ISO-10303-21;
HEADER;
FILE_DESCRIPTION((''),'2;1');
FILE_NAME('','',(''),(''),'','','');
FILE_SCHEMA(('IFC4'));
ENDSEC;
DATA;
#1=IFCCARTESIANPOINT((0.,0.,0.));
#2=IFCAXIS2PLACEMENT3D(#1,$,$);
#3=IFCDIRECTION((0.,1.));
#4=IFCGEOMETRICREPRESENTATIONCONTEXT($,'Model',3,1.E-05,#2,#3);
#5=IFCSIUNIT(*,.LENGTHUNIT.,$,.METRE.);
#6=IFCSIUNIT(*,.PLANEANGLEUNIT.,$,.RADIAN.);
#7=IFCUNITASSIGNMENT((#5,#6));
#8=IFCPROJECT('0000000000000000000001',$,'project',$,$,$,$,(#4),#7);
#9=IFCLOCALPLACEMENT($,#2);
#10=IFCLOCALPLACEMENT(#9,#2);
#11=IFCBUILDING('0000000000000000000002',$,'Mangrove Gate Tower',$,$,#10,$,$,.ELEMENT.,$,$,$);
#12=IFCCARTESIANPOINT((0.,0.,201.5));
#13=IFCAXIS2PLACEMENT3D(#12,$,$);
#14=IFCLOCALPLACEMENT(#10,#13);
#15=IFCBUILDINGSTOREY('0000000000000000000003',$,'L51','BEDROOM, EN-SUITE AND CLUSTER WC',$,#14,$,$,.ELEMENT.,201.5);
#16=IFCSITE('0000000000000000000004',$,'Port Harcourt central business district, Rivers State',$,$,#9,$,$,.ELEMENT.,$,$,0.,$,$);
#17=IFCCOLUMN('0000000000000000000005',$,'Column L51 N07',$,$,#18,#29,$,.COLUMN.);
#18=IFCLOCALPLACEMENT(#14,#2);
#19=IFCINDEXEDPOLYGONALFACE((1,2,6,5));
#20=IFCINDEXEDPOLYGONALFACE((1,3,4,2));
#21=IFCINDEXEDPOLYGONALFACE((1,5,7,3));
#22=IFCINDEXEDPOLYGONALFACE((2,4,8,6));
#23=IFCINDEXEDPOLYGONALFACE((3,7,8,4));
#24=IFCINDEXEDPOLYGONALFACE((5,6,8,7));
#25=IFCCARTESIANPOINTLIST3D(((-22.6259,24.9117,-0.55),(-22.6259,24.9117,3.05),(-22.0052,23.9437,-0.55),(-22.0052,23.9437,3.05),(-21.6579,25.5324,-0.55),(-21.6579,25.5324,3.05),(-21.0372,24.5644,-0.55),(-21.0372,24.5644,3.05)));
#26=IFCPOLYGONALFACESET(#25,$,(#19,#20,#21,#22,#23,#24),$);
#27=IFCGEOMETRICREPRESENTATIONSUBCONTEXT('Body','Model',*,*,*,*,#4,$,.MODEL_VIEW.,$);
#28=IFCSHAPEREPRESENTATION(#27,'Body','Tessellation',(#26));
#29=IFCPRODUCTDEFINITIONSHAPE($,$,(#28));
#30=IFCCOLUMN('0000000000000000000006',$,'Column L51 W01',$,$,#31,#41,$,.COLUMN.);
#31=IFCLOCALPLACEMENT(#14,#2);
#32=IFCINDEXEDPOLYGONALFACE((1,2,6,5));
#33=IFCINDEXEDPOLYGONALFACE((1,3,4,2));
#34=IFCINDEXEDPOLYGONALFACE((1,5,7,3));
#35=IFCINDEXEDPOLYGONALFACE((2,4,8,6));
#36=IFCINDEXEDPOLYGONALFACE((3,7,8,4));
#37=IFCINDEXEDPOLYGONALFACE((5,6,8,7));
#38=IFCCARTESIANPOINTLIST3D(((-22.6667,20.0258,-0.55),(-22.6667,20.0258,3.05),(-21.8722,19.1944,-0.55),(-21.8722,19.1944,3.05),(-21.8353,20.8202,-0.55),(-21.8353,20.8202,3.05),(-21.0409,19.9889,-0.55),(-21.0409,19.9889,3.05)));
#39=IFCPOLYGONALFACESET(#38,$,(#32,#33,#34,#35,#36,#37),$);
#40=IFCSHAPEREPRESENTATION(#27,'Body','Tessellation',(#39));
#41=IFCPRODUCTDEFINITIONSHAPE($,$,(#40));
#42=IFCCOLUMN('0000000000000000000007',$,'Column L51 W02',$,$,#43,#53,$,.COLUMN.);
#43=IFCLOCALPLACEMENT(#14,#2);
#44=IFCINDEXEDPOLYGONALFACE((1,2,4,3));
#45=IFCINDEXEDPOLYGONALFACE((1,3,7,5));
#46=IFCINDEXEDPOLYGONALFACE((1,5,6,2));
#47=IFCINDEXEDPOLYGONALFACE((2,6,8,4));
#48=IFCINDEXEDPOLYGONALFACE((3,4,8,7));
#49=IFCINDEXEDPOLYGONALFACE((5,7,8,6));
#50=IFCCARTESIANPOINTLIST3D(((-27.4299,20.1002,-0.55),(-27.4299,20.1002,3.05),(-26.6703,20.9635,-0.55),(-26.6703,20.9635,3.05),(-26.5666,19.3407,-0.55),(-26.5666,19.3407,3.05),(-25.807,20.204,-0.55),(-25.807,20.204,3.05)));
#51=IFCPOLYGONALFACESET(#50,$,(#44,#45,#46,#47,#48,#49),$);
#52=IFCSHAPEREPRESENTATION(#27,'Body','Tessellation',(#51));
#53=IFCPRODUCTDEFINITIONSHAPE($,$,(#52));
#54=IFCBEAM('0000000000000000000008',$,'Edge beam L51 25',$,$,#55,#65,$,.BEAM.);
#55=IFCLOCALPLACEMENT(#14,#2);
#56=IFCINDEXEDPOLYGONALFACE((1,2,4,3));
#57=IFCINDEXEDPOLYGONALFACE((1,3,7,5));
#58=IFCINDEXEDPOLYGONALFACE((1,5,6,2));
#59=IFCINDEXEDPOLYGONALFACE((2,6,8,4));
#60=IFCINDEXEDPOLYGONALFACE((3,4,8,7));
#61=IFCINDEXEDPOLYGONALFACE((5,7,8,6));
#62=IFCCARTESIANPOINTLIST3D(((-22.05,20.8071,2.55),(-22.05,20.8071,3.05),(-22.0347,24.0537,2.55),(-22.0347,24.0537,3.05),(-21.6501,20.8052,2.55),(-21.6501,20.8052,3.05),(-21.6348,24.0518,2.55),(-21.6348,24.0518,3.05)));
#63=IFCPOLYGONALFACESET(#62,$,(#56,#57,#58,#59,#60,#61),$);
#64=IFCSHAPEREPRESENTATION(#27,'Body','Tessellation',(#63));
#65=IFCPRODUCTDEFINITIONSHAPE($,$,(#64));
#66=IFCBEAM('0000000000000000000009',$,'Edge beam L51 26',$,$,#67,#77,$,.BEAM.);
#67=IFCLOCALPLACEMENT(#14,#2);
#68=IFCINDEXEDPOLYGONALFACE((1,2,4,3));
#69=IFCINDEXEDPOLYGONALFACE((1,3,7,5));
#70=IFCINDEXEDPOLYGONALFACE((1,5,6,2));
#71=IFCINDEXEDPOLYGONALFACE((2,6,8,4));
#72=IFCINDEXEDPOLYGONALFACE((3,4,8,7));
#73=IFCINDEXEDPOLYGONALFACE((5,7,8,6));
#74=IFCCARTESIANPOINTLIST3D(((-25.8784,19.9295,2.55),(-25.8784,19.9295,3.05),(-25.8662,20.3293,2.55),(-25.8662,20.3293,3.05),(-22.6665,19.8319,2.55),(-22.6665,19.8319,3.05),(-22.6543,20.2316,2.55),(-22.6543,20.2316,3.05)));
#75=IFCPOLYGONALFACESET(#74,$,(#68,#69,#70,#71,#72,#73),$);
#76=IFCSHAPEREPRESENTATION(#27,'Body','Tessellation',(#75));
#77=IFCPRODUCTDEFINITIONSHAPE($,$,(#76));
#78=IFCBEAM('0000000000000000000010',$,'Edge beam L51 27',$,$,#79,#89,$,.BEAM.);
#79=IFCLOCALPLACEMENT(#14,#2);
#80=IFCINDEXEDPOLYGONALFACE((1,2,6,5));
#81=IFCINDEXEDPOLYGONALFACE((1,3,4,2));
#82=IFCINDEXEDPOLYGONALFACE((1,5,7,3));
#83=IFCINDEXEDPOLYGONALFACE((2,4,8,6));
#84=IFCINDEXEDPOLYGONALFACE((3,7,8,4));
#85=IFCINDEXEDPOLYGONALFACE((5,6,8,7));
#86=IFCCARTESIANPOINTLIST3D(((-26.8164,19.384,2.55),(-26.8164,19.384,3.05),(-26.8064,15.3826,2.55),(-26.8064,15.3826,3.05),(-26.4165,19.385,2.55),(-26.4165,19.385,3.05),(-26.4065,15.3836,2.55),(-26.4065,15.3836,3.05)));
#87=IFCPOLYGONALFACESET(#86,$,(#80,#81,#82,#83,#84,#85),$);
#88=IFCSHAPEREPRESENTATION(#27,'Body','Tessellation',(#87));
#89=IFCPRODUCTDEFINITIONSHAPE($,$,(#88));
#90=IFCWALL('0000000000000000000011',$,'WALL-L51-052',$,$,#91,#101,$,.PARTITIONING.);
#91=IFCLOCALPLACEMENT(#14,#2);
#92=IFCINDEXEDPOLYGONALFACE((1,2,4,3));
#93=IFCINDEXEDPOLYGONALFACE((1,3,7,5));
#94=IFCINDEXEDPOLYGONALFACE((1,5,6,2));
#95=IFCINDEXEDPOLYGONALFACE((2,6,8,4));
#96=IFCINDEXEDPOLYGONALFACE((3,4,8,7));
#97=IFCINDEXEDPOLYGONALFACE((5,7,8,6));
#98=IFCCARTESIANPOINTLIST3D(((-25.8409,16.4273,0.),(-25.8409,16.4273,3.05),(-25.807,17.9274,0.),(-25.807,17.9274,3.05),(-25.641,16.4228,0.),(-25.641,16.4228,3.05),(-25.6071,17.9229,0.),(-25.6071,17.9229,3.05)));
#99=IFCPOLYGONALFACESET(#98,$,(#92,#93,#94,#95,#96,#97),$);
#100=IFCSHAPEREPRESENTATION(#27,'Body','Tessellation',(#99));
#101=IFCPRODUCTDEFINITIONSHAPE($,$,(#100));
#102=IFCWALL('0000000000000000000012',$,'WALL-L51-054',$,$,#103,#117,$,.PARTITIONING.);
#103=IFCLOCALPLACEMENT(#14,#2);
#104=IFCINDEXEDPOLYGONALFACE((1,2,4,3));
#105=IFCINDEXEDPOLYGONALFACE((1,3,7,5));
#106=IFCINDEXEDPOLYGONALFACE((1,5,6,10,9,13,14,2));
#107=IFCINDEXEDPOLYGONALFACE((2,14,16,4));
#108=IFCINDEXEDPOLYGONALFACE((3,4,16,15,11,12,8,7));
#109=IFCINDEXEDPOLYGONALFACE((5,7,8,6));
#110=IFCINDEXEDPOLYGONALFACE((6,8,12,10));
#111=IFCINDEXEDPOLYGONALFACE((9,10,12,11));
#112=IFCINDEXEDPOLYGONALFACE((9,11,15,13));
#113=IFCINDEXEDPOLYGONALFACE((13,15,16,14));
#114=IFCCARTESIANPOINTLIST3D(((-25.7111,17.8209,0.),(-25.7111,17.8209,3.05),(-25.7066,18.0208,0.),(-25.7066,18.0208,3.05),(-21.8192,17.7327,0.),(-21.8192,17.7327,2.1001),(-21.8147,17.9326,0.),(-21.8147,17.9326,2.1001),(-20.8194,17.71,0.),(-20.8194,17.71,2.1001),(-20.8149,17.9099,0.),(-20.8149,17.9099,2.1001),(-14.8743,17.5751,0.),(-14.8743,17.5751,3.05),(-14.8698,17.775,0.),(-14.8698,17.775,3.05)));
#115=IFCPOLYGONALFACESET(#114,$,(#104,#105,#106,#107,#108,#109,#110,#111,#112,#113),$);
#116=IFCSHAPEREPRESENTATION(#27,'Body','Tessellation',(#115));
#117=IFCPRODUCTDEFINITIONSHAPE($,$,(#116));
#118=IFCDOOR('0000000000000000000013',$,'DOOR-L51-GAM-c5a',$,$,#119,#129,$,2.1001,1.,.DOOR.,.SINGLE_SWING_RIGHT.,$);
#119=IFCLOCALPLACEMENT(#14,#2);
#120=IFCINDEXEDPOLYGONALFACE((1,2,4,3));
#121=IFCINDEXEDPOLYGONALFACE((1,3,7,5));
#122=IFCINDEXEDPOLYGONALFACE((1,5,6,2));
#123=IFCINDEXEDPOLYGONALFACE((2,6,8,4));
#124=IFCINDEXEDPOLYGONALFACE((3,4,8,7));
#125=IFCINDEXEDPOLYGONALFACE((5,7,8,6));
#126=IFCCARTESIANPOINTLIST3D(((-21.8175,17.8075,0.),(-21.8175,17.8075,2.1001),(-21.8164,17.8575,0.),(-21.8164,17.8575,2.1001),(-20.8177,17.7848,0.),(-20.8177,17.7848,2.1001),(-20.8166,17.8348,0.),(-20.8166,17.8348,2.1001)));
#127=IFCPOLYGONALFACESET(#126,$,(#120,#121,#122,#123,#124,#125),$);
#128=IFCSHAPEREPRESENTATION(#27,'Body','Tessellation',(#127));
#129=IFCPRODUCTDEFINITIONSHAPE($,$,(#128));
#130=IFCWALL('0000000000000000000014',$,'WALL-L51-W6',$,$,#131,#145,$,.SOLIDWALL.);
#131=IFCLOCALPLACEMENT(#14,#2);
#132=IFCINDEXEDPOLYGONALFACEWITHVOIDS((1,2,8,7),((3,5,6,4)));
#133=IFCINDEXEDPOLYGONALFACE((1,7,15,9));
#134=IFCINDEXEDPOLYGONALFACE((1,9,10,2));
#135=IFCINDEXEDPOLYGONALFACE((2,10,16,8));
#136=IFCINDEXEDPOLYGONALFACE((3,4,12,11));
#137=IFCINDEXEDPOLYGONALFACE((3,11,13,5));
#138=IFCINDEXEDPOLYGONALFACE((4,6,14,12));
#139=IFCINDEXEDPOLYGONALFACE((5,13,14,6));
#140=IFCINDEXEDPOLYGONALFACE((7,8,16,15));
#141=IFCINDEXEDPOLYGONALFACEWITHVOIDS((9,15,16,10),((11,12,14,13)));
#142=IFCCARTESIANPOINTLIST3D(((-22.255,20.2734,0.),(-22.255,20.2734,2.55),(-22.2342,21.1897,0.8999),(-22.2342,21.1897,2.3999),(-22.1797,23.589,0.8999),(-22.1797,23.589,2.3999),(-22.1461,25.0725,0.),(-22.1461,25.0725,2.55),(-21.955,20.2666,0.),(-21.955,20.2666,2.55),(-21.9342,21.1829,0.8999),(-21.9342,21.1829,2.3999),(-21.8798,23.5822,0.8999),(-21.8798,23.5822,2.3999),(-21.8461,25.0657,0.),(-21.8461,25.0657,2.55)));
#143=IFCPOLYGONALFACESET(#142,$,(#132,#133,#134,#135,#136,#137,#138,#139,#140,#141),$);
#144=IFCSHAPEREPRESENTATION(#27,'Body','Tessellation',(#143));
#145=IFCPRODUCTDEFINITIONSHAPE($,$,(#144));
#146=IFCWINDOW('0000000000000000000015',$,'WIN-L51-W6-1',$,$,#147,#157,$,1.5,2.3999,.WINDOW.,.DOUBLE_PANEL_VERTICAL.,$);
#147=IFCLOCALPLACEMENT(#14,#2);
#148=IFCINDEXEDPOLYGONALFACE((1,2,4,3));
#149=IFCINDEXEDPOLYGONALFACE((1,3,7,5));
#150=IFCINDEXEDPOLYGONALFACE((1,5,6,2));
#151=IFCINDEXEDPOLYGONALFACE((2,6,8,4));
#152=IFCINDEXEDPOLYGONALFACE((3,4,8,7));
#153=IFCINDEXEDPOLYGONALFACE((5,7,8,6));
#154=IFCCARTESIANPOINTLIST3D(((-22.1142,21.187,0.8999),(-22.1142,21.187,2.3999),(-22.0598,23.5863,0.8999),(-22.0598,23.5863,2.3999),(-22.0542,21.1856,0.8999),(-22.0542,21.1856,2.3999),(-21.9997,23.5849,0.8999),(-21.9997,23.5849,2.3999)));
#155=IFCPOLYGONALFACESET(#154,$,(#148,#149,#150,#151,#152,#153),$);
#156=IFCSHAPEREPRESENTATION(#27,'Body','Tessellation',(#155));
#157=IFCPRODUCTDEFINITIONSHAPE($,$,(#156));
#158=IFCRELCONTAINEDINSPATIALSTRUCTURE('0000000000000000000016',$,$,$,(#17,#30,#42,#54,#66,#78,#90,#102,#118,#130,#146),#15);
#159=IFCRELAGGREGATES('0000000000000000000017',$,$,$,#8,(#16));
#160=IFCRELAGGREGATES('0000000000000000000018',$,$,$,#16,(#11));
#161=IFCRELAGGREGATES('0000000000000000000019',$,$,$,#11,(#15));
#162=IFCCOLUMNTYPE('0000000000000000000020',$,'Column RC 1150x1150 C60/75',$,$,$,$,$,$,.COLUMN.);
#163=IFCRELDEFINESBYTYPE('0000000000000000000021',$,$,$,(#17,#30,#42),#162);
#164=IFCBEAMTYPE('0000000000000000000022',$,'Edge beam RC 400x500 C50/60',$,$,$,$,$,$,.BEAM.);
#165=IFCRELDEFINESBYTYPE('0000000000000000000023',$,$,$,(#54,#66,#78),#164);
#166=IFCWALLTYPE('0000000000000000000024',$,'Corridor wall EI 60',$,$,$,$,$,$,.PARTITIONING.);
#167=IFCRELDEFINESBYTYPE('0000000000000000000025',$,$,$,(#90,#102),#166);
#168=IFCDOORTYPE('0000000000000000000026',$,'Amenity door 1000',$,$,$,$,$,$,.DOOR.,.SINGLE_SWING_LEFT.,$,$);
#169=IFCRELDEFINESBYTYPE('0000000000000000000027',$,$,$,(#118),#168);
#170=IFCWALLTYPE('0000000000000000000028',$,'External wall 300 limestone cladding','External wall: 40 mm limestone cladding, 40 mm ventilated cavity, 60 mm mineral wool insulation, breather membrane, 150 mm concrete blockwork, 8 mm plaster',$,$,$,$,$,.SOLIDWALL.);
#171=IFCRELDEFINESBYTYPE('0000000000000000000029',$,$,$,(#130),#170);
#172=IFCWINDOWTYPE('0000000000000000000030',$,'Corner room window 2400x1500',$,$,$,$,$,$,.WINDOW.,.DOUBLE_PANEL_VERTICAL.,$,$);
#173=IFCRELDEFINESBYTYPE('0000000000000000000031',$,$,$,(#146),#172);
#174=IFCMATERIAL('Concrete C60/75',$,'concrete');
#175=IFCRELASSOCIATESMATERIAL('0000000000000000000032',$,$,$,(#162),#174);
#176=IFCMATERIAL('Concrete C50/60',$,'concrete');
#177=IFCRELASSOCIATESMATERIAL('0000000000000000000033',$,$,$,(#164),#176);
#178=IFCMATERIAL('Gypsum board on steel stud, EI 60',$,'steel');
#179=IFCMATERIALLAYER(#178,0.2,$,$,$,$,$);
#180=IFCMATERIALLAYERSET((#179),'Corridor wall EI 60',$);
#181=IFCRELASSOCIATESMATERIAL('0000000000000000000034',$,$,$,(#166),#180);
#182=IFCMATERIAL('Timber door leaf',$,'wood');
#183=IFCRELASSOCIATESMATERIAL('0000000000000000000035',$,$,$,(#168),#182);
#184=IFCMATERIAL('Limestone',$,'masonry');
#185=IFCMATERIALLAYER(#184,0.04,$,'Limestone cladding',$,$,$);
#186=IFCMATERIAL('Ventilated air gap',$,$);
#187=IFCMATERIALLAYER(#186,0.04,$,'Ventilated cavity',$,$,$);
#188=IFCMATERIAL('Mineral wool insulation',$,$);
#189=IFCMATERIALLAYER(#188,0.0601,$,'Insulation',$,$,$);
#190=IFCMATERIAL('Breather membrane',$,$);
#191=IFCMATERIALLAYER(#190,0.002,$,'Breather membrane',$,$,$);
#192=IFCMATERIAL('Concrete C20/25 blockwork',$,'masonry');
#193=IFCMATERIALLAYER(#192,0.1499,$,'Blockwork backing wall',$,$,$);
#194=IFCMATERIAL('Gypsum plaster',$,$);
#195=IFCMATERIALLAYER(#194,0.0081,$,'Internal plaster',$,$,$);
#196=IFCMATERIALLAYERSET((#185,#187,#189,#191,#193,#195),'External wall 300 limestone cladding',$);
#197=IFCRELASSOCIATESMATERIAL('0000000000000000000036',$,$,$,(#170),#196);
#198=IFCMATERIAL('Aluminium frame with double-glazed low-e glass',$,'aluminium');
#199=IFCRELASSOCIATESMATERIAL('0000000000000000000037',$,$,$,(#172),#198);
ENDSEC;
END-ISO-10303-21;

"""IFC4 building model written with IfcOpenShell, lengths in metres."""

from ifc_helpers import new_model, si_unit, direction, frame, frame_2d, origin, origin_2d, place, context, subcontext, project, spatial, rectangle, extrude, material, layer, layer_set, material_profile, profile_set, type_object, element, fill, save


model = new_model("IFC4")

# Units and contexts
model_context = context("Model", 3, precision=1e-05, world=origin(), true_north=direction((0.0, 1.0)))
body_context = subcontext(model_context, "Body", "Model", "MODEL_VIEW")
ifc_project = project(units=[si_unit("LENGTHUNIT", "METRE"), si_unit("PLANEANGLEUNIT", "RADIAN")], contexts=[model_context])

# Site, building, storey
site_placement = place(None, origin())
site = spatial("IfcSite", under=ifc_project, at=site_placement, Name="Port Harcourt central business district, Rivers State", CompositionType="ELEMENT", RefElevation=0.0)
building_placement = place(site_placement, origin())
building = spatial("IfcBuilding", under=site, at=building_placement, Name="Mangrove Gate Tower", CompositionType="ELEMENT")
storey_placement = place(building_placement, frame((0.0, 0.0, 201.5)))
storey = spatial("IfcBuildingStorey", under=building, at=storey_placement, Name="L51", Description="BEDROOM, EN-SUITE AND CLUSTER WC", CompositionType="ELEMENT", Elevation=201.5)

# Columns
ifc_material_1 = material(Name="Concrete C60/75", Category="concrete")
ifc_material_profile_1 = material_profile(ifc_material_1, rectangle(XDim=1.1499, YDim=1.1499, at=origin_2d()))
ifc_profile_set_1 = profile_set([ifc_material_profile_1], Name="Concrete C60/75")
column_type = type_object("IfcColumnType", Name="Column RC 1150x1150 C60/75", PredefinedType="COLUMN", material=ifc_profile_set_1)
for number, where, z_axis, x_axis, name in (
    (1, (-21.8315, 24.738, -0.55), (0.0, 0.0, 1.0), (-0.841787, -0.53981, 0.0), "Column L51 N07"),
    (2, (-21.8538, 20.0073, -0.55), (0.0, 0.0, 1.0), (-0.722981, -0.690868, 0.0), "Column L51 W01"),
    (3, (-26.6184, 20.1521, -0.55), (0.0, 0.0, 1.0), (-0.66057, -0.750764, 0.0), "Column L51 W02"),
):
    element("IfcColumn", number, at=place(storey_placement, frame(where, z_axis=z_axis, x_axis=x_axis)), inside=storey, type_object=column_type, Name=name, PredefinedType="COLUMN", context=body_context, shape_type="SweptSolid", body=[
        extrude(rectangle(XDim=1.1499, YDim=1.1499, at=origin_2d()), origin(), (0.0, 0.0, 1.0), 3.6001),
    ])

# Beams
ifc_material_2 = material(Name="Concrete C50/60", Category="concrete")
ifc_material_profile_2 = material_profile(ifc_material_2, rectangle(XDim=0.3999, YDim=0.5, at=origin_2d()))
ifc_profile_set_2 = profile_set([ifc_material_profile_2], Name="Concrete C50/60")
beam_type = type_object("IfcBeamType", Name="Edge beam RC 400x500 C50/60", PredefinedType="BEAM", material=ifc_profile_set_2)
beam_1_placement = place(storey_placement, frame((-21.8347, 24.0527, 2.8), z_axis=(-0.004738, -0.999989, 0.0), x_axis=(0.999989, -0.004738, 0.0)))
element("IfcBeam", 4, at=beam_1_placement, inside=storey, type_object=beam_type, Name="Edge beam L51 25", PredefinedType="BEAM", context=body_context, shape_type="SweptSolid", body=[
    extrude(rectangle(XDim=0.3999, YDim=0.5, at=origin_2d()), origin(), (0.0, 0.0, 1.0), 3.2466),
])
beam_2_placement = place(storey_placement, frame((-22.6604, 20.0317, 2.8), z_axis=(-0.999538, 0.03039, 0.0), x_axis=(-0.03039, -0.999538, 0.0)))
element("IfcBeam", 5, at=beam_2_placement, inside=storey, type_object=beam_type, Name="Edge beam L51 26", PredefinedType="BEAM", context=body_context, shape_type="SweptSolid", body=[
    extrude(rectangle(XDim=0.3999, YDim=0.5, at=origin_2d()), origin(), (0.0, 0.0, 1.0), 3.2134),
])
beam_3_placement = place(storey_placement, frame((-26.6165, 19.3845, 2.8), z_axis=(0.002502, -0.999997, 0.0), x_axis=(0.999997, 0.002502, 0.0)))
element("IfcBeam", 6, at=beam_3_placement, inside=storey, type_object=beam_type, Name="Edge beam L51 27", PredefinedType="BEAM", context=body_context, shape_type="SweptSolid", body=[
    extrude(rectangle(XDim=0.3999, YDim=0.5, at=origin_2d()), origin(), (0.0, 0.0, 1.0), 4.0015),
])

# Wall
ifc_material_3 = material(Name="Gypsum board on steel stud, EI 60", Category="steel")
ifc_layer_1 = layer(ifc_material_3, 0.2)
ifc_layer_set_1 = layer_set([ifc_layer_1], Name="Corridor wall EI 60")
wall_type_1 = type_object("IfcWallType", Name="Corridor wall EI 60", PredefinedType="PARTITIONING", material=ifc_layer_set_1)
wall_1_placement = place(storey_placement, frame((-25.741, 16.425, 0.0), z_axis=(0.0, 0.0, 1.0), x_axis=(0.022618, 0.999744, 0.0)))
element("IfcWall", 7, at=wall_1_placement, inside=storey, type_object=wall_type_1, Name="WALL-L51-052", PredefinedType="PARTITIONING", context=body_context, shape_type="SweptSolid", body=[
    extrude(rectangle(XDim=1.5005, YDim=0.2, at=frame_2d((0.7502, 0.0))), origin(), (0.0, 0.0, 1.0), 3.05),
])

# Wall, opening, door
wall_2_placement = place(storey_placement, frame((-25.709, 17.9209, 0.0), z_axis=(0.0, 0.0, 1.0), x_axis=(0.999743, -0.02268, 0.0)))
wall_2 = element("IfcWall", 8, at=wall_2_placement, inside=storey, type_object=wall_type_1, Name="WALL-L51-054", PredefinedType="PARTITIONING", context=body_context, shape_type="SweptSolid", body=[
    extrude(rectangle(XDim=10.8396, YDim=0.2, at=frame_2d((5.4199, 0.0))), origin(), (0.0, 0.0, 1.0), 3.05),
])
opening_1_placement = place(wall_2_placement, frame((3.8931, 0.0, 0.0)))
opening_1 = element("IfcOpeningElement", 9, at=opening_1_placement, cuts=wall_2, PredefinedType="OPENING", context=body_context, shape_type="SweptSolid", body=[
    extrude(rectangle(XDim=1.0, YDim=2.1001, at=frame_2d((0.5, 1.05))), frame((0.0, 0.1099, 0.0), z_axis=(0.0, -1.0, 0.0), x_axis=(1.0, 0.0, 0.0)), (0.0, 0.0, 1.0), 0.22),
])
ifc_material_4 = material(Name="Timber door leaf", Category="wood")
door_type_1 = type_object("IfcDoorType", Name="Amenity door 1000", OperationType="SINGLE_SWING_LEFT", PredefinedType="DOOR", material=ifc_material_4)
door_1_placement = place(opening_1_placement, origin())
door_1 = element("IfcDoor", 10, at=door_1_placement, inside=storey, type_object=door_type_1, Name="DOOR-L51-GAM-c5a", OperationType="SINGLE_SWING_RIGHT", OverallHeight=2.1001, OverallWidth=1.0, PredefinedType="DOOR", context=body_context, shape_type="SweptSolid", body=[
    extrude(rectangle(XDim=1.0, YDim=2.1001, at=frame_2d((0.5, 1.05))), frame((0.0, 0.0249, 0.0), z_axis=(0.0, -1.0, 0.0), x_axis=(1.0, 0.0, 0.0)), (0.0, 0.0, 1.0), 0.05),
])
fill(opening_1, door_1)

# Wall, opening, window
ifc_material_5 = material(Name="Limestone", Category="masonry")
ifc_layer_2 = layer(ifc_material_5, 0.04, Name="Limestone cladding")
ifc_material_6 = material(Name="Ventilated air gap")
ifc_layer_3 = layer(ifc_material_6, 0.04, Name="Ventilated cavity")
ifc_material_7 = material(Name="Mineral wool insulation")
ifc_layer_4 = layer(ifc_material_7, 0.0601, Name="Insulation")
ifc_material_8 = material(Name="Breather membrane")
ifc_layer_5 = layer(ifc_material_8, 0.002, Name="Breather membrane")
ifc_material_9 = material(Name="Concrete C20/25 blockwork", Category="masonry")
ifc_layer_6 = layer(ifc_material_9, 0.1499, Name="Blockwork backing wall")
ifc_material_10 = material(Name="Gypsum plaster")
ifc_layer_7 = layer(ifc_material_10, 0.0081, Name="Internal plaster")
ifc_layer_set_2 = layer_set([ifc_layer_2, ifc_layer_3, ifc_layer_4, ifc_layer_5, ifc_layer_6, ifc_layer_7], Name="External wall 300 limestone cladding")
wall_type_2 = type_object("IfcWallType", Name="External wall 300 limestone cladding", Description="External wall: 40 mm limestone cladding, 40 mm ventilated cavity, 60 mm mineral wool insulation, breather membrane, 150 mm concrete blockwork, 8 mm plaster", PredefinedType="SOLIDWALL", material=ifc_layer_set_2)
wall_3_placement = place(storey_placement, frame((-21.9961, 25.0691, 0.0), z_axis=(0.0, 0.0, 1.0), x_axis=(-0.022683, -0.999743, 0.0)))
wall_3 = element("IfcWall", 11, at=wall_3_placement, inside=storey, type_object=wall_type_2, Name="WALL-L51-W6", PredefinedType="SOLIDWALL", context=body_context, shape_type="SweptSolid", body=[
    extrude(rectangle(XDim=4.8003, YDim=0.3, at=frame_2d((2.4001, 0.0))), origin(), (0.0, 0.0, 1.0), 2.55),
])
opening_2_placement = place(wall_3_placement, frame((1.4839, 0.0, 0.8999)))
opening_2 = element("IfcOpeningElement", 12, at=opening_2_placement, cuts=wall_3, PredefinedType="OPENING", context=body_context, shape_type="SweptSolid", body=[
    extrude(rectangle(XDim=2.3999, YDim=1.5, at=frame_2d((1.2, 0.75))), frame((0.0, 0.1599, 0.0), z_axis=(0.0, -1.0, 0.0), x_axis=(1.0, 0.0, 0.0)), (0.0, 0.0, 1.0), 0.3201),
])
ifc_material_11 = material(Name="Aluminium frame with double-glazed low-e glass", Category="aluminium")
window_type = type_object("IfcWindowType", Name="Corner room window 2400x1500", PartitioningType="DOUBLE_PANEL_VERTICAL", PredefinedType="WINDOW", material=ifc_material_11)
window_1_placement = place(opening_2_placement, origin())
window_1 = element("IfcWindow", 13, at=window_1_placement, inside=storey, type_object=window_type, Name="WIN-L51-W6-1", OverallHeight=1.5, OverallWidth=2.3999, PartitioningType="DOUBLE_PANEL_VERTICAL", PredefinedType="WINDOW", context=body_context, shape_type="SweptSolid", body=[
    extrude(rectangle(XDim=2.3999, YDim=1.5, at=frame_2d((1.2, 0.75))), frame((0.0, 0.03, 0.0), z_axis=(0.0, -1.0, 0.0), x_axis=(1.0, 0.0, 0.0)), (0.0, 0.0, 1.0), 0.0601),
])
fill(opening_2, window_1)

save(model, "model.ifc")
